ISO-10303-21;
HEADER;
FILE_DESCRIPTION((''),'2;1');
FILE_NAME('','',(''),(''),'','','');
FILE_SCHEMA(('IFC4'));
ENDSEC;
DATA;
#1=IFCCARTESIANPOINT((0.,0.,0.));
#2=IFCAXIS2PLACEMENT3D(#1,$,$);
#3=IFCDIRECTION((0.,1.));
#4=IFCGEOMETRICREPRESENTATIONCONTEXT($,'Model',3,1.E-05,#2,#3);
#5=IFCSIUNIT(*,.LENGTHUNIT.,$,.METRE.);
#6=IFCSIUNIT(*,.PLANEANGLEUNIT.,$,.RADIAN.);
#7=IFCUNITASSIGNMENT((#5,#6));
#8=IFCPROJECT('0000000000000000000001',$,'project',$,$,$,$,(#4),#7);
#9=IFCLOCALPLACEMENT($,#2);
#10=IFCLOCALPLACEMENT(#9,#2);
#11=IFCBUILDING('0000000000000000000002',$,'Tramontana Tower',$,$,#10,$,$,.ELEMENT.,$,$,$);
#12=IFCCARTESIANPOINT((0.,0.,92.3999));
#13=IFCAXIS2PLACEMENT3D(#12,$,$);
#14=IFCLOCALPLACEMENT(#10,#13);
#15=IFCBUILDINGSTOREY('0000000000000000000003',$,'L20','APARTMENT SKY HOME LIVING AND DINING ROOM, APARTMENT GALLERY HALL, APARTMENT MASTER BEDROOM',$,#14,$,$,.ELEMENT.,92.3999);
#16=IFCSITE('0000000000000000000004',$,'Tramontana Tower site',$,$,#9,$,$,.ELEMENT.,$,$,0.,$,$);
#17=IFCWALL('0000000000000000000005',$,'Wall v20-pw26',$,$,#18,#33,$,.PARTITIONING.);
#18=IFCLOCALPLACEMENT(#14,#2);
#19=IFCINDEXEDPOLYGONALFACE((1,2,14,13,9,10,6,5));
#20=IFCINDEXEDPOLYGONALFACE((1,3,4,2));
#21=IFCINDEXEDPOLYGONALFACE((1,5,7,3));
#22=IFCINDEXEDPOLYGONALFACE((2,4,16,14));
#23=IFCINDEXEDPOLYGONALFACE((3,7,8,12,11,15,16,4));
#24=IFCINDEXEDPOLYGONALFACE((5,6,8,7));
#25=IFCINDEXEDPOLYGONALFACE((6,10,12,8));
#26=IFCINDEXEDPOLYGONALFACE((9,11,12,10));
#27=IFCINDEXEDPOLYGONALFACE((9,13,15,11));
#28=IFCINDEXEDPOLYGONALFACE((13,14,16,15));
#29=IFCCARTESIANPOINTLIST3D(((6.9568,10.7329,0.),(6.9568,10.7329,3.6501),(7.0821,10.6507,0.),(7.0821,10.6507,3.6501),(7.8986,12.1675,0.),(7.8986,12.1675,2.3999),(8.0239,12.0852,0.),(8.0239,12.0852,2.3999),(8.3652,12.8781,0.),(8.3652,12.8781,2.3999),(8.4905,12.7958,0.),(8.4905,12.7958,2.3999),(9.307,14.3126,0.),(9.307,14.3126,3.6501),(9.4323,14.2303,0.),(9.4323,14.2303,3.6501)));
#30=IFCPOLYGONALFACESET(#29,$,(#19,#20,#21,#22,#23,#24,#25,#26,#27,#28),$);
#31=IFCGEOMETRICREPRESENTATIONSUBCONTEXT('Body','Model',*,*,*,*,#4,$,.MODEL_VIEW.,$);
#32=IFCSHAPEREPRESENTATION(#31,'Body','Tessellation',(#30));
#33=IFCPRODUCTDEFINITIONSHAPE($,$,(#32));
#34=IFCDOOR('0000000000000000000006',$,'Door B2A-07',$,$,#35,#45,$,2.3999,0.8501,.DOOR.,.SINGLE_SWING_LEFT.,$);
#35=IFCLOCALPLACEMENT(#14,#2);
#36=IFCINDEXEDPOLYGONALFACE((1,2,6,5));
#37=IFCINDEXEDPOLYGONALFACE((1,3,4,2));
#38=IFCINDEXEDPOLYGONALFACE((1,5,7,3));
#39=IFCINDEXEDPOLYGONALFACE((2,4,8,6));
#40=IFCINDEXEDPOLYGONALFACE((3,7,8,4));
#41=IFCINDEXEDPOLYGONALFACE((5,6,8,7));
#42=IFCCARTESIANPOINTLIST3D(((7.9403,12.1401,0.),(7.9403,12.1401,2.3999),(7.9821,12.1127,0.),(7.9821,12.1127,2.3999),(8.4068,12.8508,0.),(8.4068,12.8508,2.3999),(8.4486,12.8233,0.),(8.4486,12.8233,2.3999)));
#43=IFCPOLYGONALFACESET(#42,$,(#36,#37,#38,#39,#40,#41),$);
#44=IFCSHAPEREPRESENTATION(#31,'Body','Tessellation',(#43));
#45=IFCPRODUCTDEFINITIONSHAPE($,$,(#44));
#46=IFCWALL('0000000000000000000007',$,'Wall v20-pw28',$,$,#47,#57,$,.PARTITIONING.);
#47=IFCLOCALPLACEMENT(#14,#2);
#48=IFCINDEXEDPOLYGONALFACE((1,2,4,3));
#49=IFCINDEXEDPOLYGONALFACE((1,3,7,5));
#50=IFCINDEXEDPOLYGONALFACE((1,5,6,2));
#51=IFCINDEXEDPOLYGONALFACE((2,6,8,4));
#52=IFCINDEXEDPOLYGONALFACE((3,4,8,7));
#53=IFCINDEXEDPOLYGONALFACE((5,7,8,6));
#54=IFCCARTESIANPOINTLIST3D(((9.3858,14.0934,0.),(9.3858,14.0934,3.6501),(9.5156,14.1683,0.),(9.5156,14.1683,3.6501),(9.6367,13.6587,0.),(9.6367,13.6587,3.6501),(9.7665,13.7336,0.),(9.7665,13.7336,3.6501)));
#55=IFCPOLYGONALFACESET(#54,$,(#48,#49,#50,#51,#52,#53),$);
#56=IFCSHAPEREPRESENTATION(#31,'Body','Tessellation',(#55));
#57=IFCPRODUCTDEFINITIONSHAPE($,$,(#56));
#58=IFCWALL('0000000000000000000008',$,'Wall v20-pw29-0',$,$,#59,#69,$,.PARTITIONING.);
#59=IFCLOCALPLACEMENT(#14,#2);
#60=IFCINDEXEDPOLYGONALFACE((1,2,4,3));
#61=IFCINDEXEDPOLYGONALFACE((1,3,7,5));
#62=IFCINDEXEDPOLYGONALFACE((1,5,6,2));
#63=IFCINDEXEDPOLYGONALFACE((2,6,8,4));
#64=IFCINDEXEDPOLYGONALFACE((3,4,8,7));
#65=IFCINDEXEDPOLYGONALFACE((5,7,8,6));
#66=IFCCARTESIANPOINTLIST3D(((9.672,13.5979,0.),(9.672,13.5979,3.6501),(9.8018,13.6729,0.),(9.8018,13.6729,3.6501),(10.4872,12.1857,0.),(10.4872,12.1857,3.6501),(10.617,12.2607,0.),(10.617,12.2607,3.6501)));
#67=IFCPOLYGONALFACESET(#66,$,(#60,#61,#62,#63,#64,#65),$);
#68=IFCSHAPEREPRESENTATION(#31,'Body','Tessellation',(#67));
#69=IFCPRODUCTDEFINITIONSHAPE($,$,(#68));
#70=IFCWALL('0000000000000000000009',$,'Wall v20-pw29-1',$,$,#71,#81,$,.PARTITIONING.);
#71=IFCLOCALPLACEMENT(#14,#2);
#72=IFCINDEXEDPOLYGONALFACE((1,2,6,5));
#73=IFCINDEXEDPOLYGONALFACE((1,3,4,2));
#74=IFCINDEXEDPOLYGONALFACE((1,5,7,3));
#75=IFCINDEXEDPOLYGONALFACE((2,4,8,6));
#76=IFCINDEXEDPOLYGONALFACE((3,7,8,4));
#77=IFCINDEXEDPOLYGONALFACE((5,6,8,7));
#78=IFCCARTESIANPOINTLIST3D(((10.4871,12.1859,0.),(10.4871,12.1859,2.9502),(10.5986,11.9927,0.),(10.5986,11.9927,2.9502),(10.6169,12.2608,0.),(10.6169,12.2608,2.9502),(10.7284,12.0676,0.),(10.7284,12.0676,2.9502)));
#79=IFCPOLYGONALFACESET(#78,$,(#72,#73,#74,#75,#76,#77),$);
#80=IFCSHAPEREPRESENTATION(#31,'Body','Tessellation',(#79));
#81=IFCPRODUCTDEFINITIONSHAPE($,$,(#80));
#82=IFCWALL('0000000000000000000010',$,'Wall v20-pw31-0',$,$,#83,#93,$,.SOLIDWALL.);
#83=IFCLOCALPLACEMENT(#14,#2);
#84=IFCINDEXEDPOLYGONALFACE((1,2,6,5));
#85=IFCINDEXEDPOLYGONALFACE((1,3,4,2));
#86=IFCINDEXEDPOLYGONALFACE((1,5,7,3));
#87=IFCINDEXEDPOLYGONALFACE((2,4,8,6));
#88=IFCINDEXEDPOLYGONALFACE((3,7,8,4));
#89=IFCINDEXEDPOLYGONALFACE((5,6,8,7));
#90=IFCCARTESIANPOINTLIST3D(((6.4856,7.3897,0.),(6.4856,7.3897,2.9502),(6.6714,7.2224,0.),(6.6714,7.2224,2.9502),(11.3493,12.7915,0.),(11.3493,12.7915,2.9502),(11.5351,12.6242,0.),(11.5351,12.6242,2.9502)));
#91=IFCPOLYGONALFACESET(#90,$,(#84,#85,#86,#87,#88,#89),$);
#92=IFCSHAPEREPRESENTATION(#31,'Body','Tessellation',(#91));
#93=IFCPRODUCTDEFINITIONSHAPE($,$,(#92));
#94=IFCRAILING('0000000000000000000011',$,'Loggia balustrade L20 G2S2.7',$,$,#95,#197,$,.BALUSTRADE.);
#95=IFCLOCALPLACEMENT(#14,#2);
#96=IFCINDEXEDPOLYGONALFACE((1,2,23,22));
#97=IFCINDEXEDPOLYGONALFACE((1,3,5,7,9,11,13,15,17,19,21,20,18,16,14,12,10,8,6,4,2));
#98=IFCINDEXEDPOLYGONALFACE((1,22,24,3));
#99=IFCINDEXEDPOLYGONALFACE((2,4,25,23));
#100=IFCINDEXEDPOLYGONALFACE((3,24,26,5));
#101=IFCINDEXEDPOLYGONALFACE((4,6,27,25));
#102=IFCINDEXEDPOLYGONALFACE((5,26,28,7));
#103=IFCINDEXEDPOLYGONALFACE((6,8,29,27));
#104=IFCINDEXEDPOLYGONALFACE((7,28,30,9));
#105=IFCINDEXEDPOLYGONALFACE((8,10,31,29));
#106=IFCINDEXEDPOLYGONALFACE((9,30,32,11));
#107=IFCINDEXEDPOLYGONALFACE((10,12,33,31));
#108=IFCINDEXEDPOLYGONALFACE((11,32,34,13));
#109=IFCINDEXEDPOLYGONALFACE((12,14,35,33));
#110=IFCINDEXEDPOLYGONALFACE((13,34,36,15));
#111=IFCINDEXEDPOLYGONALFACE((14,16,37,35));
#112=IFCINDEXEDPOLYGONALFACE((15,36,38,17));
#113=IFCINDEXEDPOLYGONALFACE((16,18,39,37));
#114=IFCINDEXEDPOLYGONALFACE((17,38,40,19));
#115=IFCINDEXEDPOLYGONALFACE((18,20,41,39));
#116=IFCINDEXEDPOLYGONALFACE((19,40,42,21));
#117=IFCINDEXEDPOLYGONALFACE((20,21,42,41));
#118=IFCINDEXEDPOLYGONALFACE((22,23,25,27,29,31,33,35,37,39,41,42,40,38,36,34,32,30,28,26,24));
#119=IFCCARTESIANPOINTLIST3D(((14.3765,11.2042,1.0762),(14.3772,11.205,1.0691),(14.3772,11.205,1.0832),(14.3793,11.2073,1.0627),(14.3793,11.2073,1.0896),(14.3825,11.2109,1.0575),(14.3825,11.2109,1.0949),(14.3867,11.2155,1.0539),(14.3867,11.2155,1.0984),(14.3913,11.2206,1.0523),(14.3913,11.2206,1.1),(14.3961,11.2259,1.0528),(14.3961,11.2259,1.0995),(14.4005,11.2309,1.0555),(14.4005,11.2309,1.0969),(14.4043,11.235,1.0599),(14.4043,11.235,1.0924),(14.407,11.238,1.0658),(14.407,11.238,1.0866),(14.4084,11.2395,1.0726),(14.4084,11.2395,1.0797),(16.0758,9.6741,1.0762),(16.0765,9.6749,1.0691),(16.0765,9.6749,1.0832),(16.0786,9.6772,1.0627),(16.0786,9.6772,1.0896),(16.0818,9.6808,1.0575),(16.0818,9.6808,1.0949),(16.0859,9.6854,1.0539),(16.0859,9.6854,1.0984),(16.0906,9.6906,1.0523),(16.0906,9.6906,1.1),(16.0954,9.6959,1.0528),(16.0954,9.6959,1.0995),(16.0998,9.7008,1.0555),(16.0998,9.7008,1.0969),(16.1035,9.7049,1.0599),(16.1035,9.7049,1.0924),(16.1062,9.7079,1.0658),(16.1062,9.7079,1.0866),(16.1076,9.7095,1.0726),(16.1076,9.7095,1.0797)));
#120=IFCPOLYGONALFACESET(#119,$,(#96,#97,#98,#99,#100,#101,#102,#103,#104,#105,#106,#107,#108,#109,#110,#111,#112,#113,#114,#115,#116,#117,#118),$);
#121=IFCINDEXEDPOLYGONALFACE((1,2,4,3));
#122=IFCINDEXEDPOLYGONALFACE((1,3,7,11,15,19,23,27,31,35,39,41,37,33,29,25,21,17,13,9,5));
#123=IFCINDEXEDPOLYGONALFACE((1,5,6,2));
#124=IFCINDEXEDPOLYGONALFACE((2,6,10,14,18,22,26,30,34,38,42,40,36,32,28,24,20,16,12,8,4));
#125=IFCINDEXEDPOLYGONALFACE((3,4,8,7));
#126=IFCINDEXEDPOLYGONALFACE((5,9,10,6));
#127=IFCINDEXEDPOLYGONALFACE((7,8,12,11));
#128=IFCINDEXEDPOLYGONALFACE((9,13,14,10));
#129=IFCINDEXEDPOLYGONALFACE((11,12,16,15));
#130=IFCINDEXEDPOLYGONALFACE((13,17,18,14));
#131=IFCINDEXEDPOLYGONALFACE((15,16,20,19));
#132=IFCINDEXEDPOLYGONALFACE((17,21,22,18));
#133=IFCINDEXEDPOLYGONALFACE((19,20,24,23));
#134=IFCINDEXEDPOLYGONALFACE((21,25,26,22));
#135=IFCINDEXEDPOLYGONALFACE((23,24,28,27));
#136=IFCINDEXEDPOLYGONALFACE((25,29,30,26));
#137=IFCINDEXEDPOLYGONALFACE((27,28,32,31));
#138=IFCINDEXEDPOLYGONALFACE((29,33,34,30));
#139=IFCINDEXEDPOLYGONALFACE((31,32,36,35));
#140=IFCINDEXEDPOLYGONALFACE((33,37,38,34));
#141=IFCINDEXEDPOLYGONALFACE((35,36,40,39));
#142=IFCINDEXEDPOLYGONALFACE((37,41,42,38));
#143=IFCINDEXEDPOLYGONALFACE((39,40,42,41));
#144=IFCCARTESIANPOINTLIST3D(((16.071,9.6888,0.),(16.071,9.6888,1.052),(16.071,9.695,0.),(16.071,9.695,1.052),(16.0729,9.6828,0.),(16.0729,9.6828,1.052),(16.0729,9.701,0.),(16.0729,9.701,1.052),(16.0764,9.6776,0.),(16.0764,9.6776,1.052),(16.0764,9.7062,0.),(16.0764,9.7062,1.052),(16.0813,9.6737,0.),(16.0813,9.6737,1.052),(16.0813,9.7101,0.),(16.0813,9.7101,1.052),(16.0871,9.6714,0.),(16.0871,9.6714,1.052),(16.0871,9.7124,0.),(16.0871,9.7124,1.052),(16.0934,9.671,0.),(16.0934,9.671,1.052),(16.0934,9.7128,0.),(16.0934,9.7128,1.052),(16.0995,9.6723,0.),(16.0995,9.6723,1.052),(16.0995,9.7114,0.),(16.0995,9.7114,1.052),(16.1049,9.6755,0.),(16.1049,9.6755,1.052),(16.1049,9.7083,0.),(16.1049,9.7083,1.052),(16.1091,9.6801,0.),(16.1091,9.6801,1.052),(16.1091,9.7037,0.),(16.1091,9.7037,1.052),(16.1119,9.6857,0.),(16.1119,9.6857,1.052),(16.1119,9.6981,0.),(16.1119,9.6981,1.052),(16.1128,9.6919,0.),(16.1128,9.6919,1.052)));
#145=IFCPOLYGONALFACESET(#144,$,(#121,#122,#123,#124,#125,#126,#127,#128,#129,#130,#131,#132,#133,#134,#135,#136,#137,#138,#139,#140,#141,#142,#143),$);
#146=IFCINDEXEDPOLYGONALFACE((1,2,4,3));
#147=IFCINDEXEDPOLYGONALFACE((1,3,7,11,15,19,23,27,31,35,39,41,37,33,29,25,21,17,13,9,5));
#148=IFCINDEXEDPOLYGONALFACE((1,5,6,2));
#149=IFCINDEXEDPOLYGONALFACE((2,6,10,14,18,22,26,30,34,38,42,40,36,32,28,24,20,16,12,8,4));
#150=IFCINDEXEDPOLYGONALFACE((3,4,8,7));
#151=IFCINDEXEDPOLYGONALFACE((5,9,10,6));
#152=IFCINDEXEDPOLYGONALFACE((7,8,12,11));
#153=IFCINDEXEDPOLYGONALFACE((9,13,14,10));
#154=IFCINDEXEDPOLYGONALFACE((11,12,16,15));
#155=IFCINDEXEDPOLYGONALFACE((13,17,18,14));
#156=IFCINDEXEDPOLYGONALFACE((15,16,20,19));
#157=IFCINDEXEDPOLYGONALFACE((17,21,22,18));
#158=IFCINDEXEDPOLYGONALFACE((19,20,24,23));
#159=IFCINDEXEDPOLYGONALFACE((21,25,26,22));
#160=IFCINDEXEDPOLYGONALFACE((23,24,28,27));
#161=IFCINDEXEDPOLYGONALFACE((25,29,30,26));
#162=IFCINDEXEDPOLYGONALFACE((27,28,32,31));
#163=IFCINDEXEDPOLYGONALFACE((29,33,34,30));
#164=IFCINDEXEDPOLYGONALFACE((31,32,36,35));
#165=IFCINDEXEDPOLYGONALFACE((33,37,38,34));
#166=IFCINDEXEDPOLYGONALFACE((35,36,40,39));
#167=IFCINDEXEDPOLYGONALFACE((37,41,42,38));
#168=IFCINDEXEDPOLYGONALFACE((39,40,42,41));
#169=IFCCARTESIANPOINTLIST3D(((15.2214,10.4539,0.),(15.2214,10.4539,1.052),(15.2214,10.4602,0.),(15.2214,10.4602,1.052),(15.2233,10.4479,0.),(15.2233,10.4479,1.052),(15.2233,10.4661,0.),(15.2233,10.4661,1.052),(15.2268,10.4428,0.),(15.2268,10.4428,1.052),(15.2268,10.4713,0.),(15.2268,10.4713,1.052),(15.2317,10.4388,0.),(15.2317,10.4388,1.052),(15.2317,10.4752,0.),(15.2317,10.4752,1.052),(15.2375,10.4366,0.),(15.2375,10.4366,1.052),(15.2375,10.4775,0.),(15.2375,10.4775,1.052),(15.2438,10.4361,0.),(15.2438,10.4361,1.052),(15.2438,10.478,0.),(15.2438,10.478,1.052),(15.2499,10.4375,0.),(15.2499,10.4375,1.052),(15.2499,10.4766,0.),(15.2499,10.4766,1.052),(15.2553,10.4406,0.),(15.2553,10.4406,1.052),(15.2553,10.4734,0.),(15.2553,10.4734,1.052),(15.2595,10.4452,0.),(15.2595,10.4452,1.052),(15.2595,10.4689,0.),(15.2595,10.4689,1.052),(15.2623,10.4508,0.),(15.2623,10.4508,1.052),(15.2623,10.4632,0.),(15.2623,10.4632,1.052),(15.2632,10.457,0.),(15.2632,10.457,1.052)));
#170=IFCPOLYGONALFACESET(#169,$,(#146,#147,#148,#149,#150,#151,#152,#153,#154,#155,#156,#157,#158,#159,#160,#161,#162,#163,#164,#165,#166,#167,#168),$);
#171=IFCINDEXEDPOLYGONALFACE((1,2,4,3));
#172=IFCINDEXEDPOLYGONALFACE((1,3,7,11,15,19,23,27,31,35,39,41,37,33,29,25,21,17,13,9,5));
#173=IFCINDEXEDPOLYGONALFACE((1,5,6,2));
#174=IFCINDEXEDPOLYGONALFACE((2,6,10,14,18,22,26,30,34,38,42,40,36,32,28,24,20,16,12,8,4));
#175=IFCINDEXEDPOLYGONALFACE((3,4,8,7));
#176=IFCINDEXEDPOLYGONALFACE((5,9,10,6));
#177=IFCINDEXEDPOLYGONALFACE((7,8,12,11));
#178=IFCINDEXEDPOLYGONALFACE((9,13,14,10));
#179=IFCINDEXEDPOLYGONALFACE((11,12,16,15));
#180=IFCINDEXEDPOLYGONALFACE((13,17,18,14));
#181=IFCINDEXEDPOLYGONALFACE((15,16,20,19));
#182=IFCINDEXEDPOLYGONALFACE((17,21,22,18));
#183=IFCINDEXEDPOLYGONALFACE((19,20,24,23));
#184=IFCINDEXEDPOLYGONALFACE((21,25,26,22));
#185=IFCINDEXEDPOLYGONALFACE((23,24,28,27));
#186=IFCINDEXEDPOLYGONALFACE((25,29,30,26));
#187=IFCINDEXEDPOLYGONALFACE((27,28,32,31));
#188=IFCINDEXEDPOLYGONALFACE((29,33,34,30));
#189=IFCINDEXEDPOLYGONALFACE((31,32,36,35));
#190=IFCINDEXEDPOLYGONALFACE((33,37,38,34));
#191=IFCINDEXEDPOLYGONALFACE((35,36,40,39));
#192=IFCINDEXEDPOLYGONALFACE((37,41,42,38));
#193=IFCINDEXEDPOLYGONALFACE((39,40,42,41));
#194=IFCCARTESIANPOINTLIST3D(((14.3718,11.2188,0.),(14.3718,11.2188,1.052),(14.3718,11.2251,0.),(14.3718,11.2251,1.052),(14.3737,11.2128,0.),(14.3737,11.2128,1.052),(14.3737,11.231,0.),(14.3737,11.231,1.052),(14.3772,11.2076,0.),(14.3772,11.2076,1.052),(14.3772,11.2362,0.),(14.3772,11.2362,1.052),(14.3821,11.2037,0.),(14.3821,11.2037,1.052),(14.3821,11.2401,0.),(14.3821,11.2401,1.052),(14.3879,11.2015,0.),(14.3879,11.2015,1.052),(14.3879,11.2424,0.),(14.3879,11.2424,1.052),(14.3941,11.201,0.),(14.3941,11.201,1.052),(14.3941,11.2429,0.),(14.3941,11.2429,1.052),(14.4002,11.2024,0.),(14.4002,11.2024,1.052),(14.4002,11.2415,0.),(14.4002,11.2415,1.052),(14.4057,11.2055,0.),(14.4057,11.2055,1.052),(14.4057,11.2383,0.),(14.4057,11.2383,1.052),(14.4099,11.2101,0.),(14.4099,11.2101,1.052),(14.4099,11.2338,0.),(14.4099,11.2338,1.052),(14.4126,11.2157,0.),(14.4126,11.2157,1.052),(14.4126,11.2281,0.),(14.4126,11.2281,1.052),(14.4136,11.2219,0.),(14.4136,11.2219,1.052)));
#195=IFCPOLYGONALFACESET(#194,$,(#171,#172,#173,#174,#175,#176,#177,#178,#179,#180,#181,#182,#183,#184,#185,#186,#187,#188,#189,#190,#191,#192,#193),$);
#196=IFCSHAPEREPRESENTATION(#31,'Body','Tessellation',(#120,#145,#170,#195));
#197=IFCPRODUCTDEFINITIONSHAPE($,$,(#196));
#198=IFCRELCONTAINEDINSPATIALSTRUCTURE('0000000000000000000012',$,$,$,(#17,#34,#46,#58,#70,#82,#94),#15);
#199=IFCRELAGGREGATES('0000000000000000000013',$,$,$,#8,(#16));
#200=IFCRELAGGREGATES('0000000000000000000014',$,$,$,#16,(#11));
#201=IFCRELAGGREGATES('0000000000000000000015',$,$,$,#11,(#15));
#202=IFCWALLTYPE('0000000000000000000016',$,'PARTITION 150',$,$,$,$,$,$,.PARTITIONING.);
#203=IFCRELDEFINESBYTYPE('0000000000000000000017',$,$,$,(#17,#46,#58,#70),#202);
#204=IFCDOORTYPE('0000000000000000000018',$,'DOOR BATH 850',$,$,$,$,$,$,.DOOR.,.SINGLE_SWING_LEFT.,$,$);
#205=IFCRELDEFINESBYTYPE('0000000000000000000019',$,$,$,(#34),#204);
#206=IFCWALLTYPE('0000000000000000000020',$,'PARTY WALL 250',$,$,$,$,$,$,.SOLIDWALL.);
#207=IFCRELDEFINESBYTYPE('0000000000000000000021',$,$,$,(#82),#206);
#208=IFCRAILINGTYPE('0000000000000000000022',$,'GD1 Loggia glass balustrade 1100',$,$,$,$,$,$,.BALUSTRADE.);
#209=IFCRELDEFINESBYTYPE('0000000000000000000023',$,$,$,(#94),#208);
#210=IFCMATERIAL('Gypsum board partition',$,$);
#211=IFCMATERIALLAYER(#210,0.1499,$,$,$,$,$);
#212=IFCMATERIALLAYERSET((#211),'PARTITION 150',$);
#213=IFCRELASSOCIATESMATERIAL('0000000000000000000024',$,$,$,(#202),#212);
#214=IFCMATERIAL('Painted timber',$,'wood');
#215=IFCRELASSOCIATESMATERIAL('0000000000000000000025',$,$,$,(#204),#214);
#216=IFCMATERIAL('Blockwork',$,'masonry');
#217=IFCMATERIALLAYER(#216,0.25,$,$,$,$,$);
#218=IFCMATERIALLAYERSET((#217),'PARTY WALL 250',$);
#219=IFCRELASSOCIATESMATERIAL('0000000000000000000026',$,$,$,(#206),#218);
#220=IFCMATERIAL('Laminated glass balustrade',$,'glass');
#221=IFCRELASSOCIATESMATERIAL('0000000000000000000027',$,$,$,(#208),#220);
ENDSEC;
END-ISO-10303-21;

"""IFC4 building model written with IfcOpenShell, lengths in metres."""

from ifc_helpers import new_model, si_unit, direction, frame, frame_2d, origin, origin_2d, place, context, subcontext, project, spatial, rectangle, circle, extrude, material, layer, layer_set, type_object, element, fill, save


model = new_model("IFC4")

# Units and contexts
model_context = context("Model", 3, precision=1e-05, world=origin(), true_north=direction((0.0, 1.0)))
body_context = subcontext(model_context, "Body", "Model", "MODEL_VIEW")
ifc_project = project(units=[si_unit("LENGTHUNIT", "METRE"), si_unit("PLANEANGLEUNIT", "RADIAN")], contexts=[model_context])

# Site, building, storey
site_placement = place(None, origin())
site = spatial("IfcSite", under=ifc_project, at=site_placement, Name="Tramontana Tower site", CompositionType="ELEMENT", RefElevation=0.0)
building_placement = place(site_placement, origin())
building = spatial("IfcBuilding", under=site, at=building_placement, Name="Tramontana Tower", CompositionType="ELEMENT")
storey_placement = place(building_placement, frame((0.0, 0.0, 92.3999)))
storey = spatial("IfcBuildingStorey", under=building, at=storey_placement, Name="L20", Description="APARTMENT SKY HOME LIVING AND DINING ROOM, APARTMENT GALLERY HALL, APARTMENT MASTER BEDROOM", CompositionType="ELEMENT", Elevation=92.3999)

# Shared definitions
ifc_material_1 = material(Name="Gypsum board partition")
ifc_layer_1 = layer(ifc_material_1, 0.1499)
ifc_layer_set_1 = layer_set([ifc_layer_1], Name="PARTITION 150")
wall_type_1 = type_object("IfcWallType", Name="PARTITION 150", PredefinedType="PARTITIONING", material=ifc_layer_set_1)

# Wall, opening, door
wall_1_placement = place(storey_placement, frame((9.3696, 14.2715, 0.0), z_axis=(0.0, 0.0, 1.0), x_axis=(-0.548818, -0.835942, 0.0)))
wall_1 = element("IfcWall", 1, at=wall_1_placement, inside=storey, type_object=wall_type_1, Name="Wall v20-pw26", PredefinedType="PARTITIONING", context=body_context, shape_type="SweptSolid", body=[
    extrude(rectangle(XDim=4.2822, YDim=0.1499, at=frame_2d((2.1411, 0.0))), origin(), (0.0, 0.0, 1.0), 3.6501),
])
opening_1_placement = place(wall_1_placement, frame((1.7161, 0.0, 0.0)))
opening_1 = element("IfcOpeningElement", 2, at=opening_1_placement, cuts=wall_1, PredefinedType="OPENING", context=body_context, shape_type="SweptSolid", body=[
    extrude(rectangle(XDim=0.8501, YDim=2.3999, at=frame_2d((0.425, 1.2))), frame((0.0, 0.085, 0.0), z_axis=(0.0, -1.0, 0.0), x_axis=(1.0, 0.0, 0.0)), (0.0, 0.0, 1.0), 0.1699),
])
ifc_material_2 = material(Name="Painted timber", Category="wood")
door_type_1 = type_object("IfcDoorType", Name="DOOR BATH 850", OperationType="SINGLE_SWING_LEFT", PredefinedType="DOOR", material=ifc_material_2)
door_1_placement = place(opening_1_placement, origin())
door_1 = element("IfcDoor", 3, at=door_1_placement, inside=storey, type_object=door_type_1, Name="Door B2A-07", OperationType="SINGLE_SWING_LEFT", OverallHeight=2.3999, OverallWidth=0.8501, PredefinedType="DOOR", context=body_context, shape_type="SweptSolid", body=[
    extrude(rectangle(XDim=0.8501, YDim=2.3999, at=frame_2d((0.425, 1.2))), frame((0.0, 0.0249, 0.0), z_axis=(0.0, -1.0, 0.0), x_axis=(1.0, 0.0, 0.0)), (0.0, 0.0, 1.0), 0.05),
])
fill(opening_1, door_1)

# Walls
wall_2_placement = place(storey_placement, frame((9.4507, 14.1309, 0.0), z_axis=(0.0, 0.0, 1.0), x_axis=(0.499905, -0.86608, 0.0)))
element("IfcWall", 4, at=wall_2_placement, inside=storey, type_object=wall_type_1, Name="Wall v20-pw28", PredefinedType="PARTITIONING", context=body_context, shape_type="SweptSolid", body=[
    extrude(rectangle(XDim=0.502, YDim=0.1499, at=frame_2d((0.251, 0.0))), origin(), (0.0, 0.0, 1.0), 3.6501),
])
wall_3_placement = place(storey_placement, frame((9.7368, 13.6355, 0.0), z_axis=(0.0, 0.0, 1.0), x_axis=(0.499956, -0.866051, 0.0)))
element("IfcWall", 5, at=wall_3_placement, inside=storey, type_object=wall_type_1, Name="Wall v20-pw29-0", PredefinedType="PARTITIONING", context=body_context, shape_type="SweptSolid", body=[
    extrude(rectangle(XDim=1.6306, YDim=0.1499, at=frame_2d((0.8154, 0.0))), origin(), (0.0, 0.0, 1.0), 3.6501),
])
wall_4_placement = place(storey_placement, frame((10.552, 12.2234, 0.0), z_axis=(0.0, 0.0, 1.0), x_axis=(0.499786, -0.866149, 0.0)))
element("IfcWall", 6, at=wall_4_placement, inside=storey, type_object=wall_type_1, Name="Wall v20-pw29-1", PredefinedType="PARTITIONING", context=body_context, shape_type="SweptSolid", body=[
    extrude(rectangle(XDim=0.2231, YDim=0.1499, at=frame_2d((0.1116, 0.0))), origin(), (0.0, 0.0, 1.0), 2.9502),
])
ifc_material_3 = material(Name="Blockwork", Category="masonry")
ifc_layer_2 = layer(ifc_material_3, 0.25)
ifc_layer_set_2 = layer_set([ifc_layer_2], Name="PARTY WALL 250")
wall_type_2 = type_object("IfcWallType", Name="PARTY WALL 250", PredefinedType="SOLIDWALL", material=ifc_layer_set_2)
wall_5_placement = place(storey_placement, frame((11.4421, 12.7078, 0.0), z_axis=(0.0, 0.0, 1.0), x_axis=(-0.669124, -0.743151, 0.0)))
element("IfcWall", 7, at=wall_5_placement, inside=storey, type_object=wall_type_2, Name="Wall v20-pw31-0", PredefinedType="SOLIDWALL", context=body_context, shape_type="SweptSolid", body=[
    extrude(rectangle(XDim=7.2688, YDim=0.25, at=frame_2d((3.6343, 0.0))), origin(), (0.0, 0.0, 1.0), 2.9502),
])

# Railing
ifc_material_4 = material(Name="Laminated glass balustrade", Category="glass")
railing_type = type_object("IfcRailingType", Name="GD1 Loggia glass balustrade 1100", PredefinedType="BALUSTRADE", material=ifc_material_4)
railing_1_placement = place(storey_placement, frame((16.0918, 9.6919, 0.0)))
element("IfcRailing", 8, at=railing_1_placement, inside=storey, type_object=railing_type, Name="Loggia balustrade L20 G2S2.7", PredefinedType="BALUSTRADE", context=body_context, shape_type="SweptSolid", body=[
    extrude(circle(Radius=0.0239, at=origin_2d()), frame((0.0, 0.0, 1.0762), z_axis=(-0.743135, 0.669142, 0.0), x_axis=(-0.669142, -0.743135, 0.0)), (0.0, 0.0, 1.0), 2.2866),
    extrude(circle(Radius=0.021, at=origin_2d()), origin(), (0.0, 0.0, 1.0), 1.052),
    extrude(circle(Radius=0.021, at=origin_2d()), frame((-0.8496, 0.7651, 0.0)), (0.0, 0.0, 1.0), 1.052),
    extrude(circle(Radius=0.021, at=origin_2d()), frame((-1.6992, 1.53, 0.0)), (0.0, 0.0, 1.0), 1.052),
])

save(model, "model.ifc")
